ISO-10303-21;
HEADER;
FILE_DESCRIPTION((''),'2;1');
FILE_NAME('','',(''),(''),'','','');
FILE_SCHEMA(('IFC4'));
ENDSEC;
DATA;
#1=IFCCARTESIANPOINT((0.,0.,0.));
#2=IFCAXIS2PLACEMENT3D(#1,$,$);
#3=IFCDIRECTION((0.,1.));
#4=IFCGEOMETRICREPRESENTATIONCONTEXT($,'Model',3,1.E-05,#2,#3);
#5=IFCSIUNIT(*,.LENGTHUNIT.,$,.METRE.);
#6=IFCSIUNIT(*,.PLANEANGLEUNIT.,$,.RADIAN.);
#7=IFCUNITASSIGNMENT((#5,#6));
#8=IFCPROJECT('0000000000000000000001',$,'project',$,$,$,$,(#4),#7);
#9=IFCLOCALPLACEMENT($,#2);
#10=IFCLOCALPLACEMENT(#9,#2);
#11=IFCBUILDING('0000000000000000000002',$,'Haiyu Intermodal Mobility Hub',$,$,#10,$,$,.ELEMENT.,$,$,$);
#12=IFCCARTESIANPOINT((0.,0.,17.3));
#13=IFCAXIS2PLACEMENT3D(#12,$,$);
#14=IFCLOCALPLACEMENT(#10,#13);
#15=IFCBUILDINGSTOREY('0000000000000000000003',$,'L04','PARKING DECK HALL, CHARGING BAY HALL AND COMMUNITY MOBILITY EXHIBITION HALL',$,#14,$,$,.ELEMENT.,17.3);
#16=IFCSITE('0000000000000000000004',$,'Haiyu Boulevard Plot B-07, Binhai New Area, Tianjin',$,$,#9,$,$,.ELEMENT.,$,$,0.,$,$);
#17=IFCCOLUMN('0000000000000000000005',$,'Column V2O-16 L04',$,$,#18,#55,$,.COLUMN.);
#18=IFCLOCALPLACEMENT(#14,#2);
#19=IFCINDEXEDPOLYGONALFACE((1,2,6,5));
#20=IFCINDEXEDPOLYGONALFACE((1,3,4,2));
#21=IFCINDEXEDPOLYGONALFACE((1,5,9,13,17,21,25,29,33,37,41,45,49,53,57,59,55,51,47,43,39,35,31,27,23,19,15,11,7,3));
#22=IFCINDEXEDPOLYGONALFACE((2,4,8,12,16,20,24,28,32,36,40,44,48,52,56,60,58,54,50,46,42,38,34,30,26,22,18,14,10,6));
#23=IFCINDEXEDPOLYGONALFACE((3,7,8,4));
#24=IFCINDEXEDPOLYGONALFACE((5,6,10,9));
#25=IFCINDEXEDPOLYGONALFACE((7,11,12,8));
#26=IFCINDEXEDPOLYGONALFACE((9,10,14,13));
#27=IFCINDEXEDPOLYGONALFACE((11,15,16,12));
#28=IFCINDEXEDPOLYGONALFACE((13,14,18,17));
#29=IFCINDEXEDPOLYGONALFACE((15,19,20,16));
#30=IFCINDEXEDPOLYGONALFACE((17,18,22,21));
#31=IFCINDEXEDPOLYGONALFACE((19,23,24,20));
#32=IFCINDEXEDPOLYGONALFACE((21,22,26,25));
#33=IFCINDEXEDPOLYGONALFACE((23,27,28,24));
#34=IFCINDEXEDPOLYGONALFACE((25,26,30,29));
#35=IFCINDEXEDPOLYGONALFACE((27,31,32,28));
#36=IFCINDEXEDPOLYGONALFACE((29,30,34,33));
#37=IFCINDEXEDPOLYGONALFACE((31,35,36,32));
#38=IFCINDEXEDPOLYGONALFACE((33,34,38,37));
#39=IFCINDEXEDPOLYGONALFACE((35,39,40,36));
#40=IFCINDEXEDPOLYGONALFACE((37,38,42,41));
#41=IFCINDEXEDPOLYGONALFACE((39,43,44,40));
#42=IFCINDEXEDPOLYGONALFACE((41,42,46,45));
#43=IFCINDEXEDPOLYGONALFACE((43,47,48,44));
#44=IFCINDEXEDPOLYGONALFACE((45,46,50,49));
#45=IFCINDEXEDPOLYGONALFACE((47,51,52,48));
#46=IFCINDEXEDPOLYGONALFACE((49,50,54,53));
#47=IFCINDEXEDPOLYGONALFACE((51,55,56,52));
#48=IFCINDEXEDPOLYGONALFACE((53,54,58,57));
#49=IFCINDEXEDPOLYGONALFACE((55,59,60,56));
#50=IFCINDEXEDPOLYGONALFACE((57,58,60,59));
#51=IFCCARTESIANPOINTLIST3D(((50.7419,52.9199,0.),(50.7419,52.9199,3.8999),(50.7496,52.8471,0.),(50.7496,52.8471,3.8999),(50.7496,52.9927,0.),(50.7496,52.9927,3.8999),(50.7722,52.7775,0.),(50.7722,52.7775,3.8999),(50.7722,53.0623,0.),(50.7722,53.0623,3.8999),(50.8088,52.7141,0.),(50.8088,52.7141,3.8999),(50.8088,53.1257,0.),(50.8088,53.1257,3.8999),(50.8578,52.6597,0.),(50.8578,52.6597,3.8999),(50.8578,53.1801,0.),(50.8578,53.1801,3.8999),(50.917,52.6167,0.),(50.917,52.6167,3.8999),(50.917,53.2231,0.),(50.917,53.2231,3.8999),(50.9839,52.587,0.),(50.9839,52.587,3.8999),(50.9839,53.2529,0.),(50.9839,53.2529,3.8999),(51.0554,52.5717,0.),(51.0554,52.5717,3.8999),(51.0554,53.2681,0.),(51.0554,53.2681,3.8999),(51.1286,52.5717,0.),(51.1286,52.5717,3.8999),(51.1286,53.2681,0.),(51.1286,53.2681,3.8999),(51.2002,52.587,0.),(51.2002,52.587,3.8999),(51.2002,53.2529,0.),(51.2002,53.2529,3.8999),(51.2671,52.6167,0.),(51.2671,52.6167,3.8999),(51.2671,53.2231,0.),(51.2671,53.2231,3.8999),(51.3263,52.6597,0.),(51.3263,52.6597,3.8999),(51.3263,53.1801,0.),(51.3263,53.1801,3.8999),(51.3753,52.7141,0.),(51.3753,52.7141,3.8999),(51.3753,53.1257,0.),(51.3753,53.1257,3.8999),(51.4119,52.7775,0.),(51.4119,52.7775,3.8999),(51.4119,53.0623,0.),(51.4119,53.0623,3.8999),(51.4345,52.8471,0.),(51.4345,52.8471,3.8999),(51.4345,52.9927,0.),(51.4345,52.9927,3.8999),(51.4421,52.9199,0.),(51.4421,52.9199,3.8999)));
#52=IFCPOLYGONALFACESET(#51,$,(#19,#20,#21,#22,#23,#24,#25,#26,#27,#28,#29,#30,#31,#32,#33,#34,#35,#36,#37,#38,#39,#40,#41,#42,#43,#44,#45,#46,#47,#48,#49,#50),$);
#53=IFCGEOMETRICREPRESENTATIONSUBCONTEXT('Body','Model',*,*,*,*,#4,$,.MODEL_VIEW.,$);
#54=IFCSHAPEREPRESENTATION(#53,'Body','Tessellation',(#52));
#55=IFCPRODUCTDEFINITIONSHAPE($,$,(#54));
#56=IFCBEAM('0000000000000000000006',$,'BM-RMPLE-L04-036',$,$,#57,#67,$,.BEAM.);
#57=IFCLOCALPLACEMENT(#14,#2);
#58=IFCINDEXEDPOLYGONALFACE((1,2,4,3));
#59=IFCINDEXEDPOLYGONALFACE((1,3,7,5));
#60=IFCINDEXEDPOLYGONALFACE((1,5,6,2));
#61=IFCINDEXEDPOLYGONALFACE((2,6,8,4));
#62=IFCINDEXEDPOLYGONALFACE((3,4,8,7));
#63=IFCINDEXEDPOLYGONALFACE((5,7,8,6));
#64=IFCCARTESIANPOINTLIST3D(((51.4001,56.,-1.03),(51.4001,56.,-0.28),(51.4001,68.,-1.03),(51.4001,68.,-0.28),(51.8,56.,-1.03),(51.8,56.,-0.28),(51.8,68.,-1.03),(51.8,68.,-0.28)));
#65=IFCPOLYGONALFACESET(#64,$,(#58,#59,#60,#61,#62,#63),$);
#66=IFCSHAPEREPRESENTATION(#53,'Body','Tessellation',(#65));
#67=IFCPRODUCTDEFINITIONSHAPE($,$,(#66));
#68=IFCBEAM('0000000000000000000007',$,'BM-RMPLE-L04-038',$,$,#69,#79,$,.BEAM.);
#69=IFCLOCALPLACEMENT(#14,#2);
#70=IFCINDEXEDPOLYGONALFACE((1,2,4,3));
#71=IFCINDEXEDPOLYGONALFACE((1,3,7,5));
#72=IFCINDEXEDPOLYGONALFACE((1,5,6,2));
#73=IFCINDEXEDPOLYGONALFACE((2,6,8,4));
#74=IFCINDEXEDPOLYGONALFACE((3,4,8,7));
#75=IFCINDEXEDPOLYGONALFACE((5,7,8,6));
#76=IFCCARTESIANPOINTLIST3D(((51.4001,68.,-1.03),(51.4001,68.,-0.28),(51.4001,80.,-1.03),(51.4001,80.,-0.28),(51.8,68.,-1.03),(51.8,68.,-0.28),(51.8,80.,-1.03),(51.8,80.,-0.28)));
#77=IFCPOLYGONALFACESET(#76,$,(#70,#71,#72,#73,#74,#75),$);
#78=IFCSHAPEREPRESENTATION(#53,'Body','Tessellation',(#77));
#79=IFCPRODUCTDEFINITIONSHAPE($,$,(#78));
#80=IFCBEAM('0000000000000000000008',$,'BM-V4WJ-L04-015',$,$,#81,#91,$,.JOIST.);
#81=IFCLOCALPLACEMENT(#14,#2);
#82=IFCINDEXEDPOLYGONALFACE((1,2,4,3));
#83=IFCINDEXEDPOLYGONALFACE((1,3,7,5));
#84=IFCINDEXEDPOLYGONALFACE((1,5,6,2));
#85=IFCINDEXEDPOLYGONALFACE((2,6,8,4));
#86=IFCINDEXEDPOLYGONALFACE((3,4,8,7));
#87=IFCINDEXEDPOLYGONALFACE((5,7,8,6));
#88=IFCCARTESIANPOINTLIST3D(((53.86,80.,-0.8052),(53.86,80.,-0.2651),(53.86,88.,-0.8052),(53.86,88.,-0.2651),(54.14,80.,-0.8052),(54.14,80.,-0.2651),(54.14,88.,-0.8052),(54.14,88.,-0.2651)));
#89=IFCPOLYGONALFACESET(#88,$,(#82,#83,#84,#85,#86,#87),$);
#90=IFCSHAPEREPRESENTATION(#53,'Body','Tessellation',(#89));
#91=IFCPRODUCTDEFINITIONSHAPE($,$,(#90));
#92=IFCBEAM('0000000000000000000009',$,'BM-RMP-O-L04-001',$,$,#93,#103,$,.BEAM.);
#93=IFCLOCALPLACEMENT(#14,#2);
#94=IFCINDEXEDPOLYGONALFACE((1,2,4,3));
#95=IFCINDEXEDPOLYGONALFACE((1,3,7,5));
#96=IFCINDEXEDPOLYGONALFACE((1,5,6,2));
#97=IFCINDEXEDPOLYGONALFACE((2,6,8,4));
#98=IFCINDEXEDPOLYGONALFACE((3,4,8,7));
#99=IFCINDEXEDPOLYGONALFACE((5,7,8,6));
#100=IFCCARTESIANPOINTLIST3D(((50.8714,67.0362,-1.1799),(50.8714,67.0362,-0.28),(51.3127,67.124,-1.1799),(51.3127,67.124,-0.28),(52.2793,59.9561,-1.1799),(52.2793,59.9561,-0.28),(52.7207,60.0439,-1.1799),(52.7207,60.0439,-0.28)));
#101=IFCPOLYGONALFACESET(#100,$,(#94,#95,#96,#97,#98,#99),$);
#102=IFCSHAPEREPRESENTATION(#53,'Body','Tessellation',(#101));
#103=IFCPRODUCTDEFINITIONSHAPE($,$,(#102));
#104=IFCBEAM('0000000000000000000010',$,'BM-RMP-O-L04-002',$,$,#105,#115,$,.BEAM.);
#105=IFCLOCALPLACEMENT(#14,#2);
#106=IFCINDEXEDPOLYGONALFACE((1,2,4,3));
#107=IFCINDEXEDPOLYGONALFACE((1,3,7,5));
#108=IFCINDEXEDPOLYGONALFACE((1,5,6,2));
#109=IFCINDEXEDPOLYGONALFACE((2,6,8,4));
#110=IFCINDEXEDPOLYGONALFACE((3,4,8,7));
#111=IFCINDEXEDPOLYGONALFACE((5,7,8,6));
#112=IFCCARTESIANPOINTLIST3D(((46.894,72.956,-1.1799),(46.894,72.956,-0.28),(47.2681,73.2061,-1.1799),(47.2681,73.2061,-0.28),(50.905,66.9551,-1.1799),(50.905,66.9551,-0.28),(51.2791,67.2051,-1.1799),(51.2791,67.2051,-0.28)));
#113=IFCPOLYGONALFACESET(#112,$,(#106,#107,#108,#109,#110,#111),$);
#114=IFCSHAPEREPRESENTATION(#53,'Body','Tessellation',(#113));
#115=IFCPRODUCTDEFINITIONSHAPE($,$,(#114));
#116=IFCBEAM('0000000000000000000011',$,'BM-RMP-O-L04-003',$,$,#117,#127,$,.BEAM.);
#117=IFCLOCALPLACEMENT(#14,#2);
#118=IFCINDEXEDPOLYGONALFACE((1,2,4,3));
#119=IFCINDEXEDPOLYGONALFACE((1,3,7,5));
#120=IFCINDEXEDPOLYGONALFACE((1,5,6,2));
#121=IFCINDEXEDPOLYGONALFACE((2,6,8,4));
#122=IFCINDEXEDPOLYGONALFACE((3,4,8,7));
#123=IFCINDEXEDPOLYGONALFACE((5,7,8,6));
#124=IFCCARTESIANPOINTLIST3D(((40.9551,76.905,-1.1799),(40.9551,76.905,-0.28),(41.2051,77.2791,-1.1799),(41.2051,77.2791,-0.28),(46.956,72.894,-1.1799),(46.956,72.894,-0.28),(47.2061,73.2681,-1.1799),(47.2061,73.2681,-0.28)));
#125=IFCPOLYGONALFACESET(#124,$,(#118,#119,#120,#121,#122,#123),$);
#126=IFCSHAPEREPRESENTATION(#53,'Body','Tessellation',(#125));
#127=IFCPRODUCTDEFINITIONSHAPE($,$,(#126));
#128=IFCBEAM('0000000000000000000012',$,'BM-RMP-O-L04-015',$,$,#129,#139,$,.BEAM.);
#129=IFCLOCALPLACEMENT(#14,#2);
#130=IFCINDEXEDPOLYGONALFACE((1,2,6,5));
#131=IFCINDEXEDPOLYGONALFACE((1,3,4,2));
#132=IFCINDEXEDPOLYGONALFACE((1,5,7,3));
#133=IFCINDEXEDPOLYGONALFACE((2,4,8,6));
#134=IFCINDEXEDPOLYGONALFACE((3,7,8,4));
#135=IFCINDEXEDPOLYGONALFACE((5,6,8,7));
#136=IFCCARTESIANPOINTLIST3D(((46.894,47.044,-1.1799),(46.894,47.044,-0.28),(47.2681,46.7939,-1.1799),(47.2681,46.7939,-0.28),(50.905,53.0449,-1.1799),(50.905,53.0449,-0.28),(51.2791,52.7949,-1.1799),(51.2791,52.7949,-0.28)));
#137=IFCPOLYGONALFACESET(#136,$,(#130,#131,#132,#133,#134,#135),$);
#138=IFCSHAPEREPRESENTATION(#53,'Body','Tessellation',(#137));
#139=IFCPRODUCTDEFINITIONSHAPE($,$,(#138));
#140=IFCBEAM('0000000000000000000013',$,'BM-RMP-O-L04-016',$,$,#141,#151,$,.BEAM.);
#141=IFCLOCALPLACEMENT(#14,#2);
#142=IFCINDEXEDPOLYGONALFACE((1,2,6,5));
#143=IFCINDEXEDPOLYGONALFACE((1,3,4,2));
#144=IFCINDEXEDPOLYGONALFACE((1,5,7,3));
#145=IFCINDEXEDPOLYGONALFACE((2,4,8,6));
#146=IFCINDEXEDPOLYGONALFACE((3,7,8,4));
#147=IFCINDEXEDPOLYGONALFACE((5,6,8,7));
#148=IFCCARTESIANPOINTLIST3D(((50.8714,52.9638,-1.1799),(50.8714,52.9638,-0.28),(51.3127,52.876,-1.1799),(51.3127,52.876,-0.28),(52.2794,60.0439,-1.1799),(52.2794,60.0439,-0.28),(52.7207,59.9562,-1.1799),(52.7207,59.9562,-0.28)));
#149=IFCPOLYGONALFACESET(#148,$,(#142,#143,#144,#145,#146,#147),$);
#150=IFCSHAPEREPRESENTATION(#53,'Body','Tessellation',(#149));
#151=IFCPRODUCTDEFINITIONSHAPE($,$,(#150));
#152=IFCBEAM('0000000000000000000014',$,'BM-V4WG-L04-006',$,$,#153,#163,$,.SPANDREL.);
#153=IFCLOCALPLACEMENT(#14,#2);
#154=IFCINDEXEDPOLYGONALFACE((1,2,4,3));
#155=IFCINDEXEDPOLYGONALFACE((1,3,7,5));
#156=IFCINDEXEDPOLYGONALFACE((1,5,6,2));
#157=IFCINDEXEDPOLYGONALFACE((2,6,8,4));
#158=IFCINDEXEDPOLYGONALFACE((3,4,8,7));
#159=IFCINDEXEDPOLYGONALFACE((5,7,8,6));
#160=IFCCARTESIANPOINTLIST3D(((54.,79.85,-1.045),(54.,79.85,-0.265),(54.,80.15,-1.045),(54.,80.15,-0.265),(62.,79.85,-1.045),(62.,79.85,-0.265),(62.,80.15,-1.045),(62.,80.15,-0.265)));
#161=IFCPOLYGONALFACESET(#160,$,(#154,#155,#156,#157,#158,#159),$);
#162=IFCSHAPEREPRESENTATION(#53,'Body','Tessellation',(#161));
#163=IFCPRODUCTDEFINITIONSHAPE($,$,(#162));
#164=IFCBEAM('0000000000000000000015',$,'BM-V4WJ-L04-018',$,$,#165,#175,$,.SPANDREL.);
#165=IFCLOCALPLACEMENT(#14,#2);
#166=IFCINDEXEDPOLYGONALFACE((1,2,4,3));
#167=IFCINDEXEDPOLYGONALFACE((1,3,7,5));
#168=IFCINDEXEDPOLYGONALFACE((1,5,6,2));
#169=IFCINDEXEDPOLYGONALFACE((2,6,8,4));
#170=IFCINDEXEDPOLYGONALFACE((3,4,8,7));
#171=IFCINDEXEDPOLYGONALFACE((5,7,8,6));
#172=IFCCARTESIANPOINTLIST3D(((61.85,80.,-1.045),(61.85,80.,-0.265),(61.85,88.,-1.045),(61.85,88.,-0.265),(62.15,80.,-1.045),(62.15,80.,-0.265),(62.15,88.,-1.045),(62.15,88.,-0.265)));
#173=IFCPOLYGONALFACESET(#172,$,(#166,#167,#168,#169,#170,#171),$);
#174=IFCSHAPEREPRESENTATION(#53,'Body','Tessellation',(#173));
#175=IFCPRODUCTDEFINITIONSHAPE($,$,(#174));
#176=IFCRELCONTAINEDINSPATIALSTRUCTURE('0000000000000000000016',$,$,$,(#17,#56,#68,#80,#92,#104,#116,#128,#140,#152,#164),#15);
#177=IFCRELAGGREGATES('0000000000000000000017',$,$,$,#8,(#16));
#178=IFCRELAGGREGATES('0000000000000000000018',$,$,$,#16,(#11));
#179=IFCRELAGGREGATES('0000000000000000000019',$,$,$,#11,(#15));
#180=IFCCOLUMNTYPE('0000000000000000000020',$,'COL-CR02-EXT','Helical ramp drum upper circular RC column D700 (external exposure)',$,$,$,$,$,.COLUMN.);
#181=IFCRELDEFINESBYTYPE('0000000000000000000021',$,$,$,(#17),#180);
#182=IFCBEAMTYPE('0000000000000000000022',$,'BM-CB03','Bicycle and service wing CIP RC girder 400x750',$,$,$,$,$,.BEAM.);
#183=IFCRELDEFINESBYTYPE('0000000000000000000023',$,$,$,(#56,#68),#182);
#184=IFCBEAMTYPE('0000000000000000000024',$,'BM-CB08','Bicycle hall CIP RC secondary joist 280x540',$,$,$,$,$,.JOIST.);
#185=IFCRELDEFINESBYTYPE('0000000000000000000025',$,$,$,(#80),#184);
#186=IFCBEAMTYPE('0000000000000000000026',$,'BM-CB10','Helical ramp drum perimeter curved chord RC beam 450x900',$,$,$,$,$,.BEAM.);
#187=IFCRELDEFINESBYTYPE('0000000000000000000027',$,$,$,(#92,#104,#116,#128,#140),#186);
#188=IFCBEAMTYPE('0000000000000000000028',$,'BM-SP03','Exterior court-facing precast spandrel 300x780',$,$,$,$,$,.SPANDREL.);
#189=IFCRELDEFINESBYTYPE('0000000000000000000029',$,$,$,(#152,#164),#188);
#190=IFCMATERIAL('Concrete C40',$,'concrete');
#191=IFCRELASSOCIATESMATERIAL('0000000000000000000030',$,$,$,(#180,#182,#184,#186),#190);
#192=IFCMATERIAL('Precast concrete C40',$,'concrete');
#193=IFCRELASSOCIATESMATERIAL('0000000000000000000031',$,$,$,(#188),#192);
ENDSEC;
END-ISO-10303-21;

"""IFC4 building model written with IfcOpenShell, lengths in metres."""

from ifc_helpers import new_model, si_unit, direction, frame, origin, origin_2d, place, context, subcontext, project, spatial, rectangle, circle, extrude, material, material_profile, profile_set, type_object, element, save


model = new_model("IFC4")

# Units and contexts
model_context = context("Model", 3, precision=1e-05, world=origin(), true_north=direction((0.0, 1.0)))
body_context = subcontext(model_context, "Body", "Model", "MODEL_VIEW")
ifc_project = project(units=[si_unit("LENGTHUNIT", "METRE"), si_unit("PLANEANGLEUNIT", "RADIAN")], contexts=[model_context])

# Site, building, storey
site_placement = place(None, origin())
site = spatial("IfcSite", under=ifc_project, at=site_placement, Name="Haiyu Boulevard Plot B-07, Binhai New Area, Tianjin", CompositionType="ELEMENT", RefElevation=0.0)
building_placement = place(site_placement, origin())
building = spatial("IfcBuilding", under=site, at=building_placement, Name="Haiyu Intermodal Mobility Hub", CompositionType="ELEMENT")
storey_placement = place(building_placement, frame((0.0, 0.0, 17.3)))
storey = spatial("IfcBuildingStorey", under=building, at=storey_placement, Name="L04", Description="PARKING DECK HALL, CHARGING BAY HALL AND COMMUNITY MOBILITY EXHIBITION HALL", CompositionType="ELEMENT", Elevation=17.3)

# Column
ifc_material_1 = material(Name="Concrete C40", Category="concrete")
ifc_material_profile_1 = material_profile(ifc_material_1, circle(Radius=0.3501, at=origin_2d()), Name="RCCOL-D700")
ifc_profile_set_1 = profile_set([ifc_material_profile_1], Name="Concrete C40")
column_type_1 = type_object("IfcColumnType", Name="COL-CR02-EXT", Description="Helical ramp drum upper circular RC column D700 (external exposure)", PredefinedType="COLUMN", material=ifc_profile_set_1)
for number, where, z_axis, x_axis, name in (
    (1, (51.092, 52.9199, 0.0), (0.0, 0.0, 1.0), (1.0, 0.0, 0.0), "Column V2O-16 L04"),
):
    element("IfcColumn", number, at=place(storey_placement, frame(where, z_axis=z_axis, x_axis=x_axis)), inside=storey, type_object=column_type_1, Name=name, PredefinedType="COLUMN", context=body_context, shape_type="SweptSolid", body=[
        extrude(circle(Radius=0.3501, at=origin_2d()), origin(), (0.0, 0.0, 1.0), 3.8999),
    ])

# Beams
ifc_material_profile_2 = material_profile(ifc_material_1, rectangle(XDim=0.3999, YDim=0.75, at=origin_2d()), Name="RCB400x750")
ifc_profile_set_2 = profile_set([ifc_material_profile_2], Name="Concrete C40")
beam_type_1 = type_object("IfcBeamType", Name="BM-CB03", Description="Bicycle and service wing CIP RC girder 400x750", PredefinedType="BEAM", material=ifc_profile_set_2)
for number, where, z_axis, x_axis, name in (
    (2, (51.6001, 56.0, -0.655), (0.0, 1.0, 0.0), (-1.0, 0.0, 0.0), "BM-RMPLE-L04-036"),
    (3, (51.6001, 68.0, -0.655), (0.0, 1.0, 0.0), (-1.0, 0.0, 0.0), "BM-RMPLE-L04-038"),
):
    element("IfcBeam", number, at=place(storey_placement, frame(where, z_axis=z_axis, x_axis=x_axis)), inside=storey, type_object=beam_type_1, Name=name, PredefinedType="BEAM", context=body_context, shape_type="SweptSolid", body=[
        extrude(rectangle(XDim=0.3999, YDim=0.75, at=origin_2d()), origin(), (0.0, 0.0, 1.0), 12.0),
    ])
ifc_material_profile_3 = material_profile(ifc_material_1, rectangle(XDim=0.28, YDim=0.54, at=origin_2d()), Name="RCB280x540")
ifc_profile_set_3 = profile_set([ifc_material_profile_3], Name="Concrete C40")
beam_type_2 = type_object("IfcBeamType", Name="BM-CB08", Description="Bicycle hall CIP RC secondary joist 280x540", PredefinedType="JOIST", material=ifc_profile_set_3)
beam_1_placement = place(storey_placement, frame((54.0, 80.0, -0.5352), z_axis=(0.0, 1.0, 0.0), x_axis=(-1.0, 0.0, 0.0)))
element("IfcBeam", 4, at=beam_1_placement, inside=storey, type_object=beam_type_2, Name="BM-V4WJ-L04-015", PredefinedType="JOIST", context=body_context, shape_type="SweptSolid", body=[
    extrude(rectangle(XDim=0.28, YDim=0.54, at=origin_2d()), origin(), (0.0, 0.0, 1.0), 8.0),
])
ifc_material_profile_4 = material_profile(ifc_material_1, rectangle(XDim=0.45, YDim=0.8999, at=origin_2d()), Name="RCB450x900")
ifc_profile_set_4 = profile_set([ifc_material_profile_4], Name="Concrete C40")
beam_type_3 = type_object("IfcBeamType", Name="BM-CB10", Description="Helical ramp drum perimeter curved chord RC beam 450x900", PredefinedType="BEAM", material=ifc_profile_set_4)
beam_2_placement = place(storey_placement, frame((52.5, 60.0, -0.73), z_axis=(-0.195043, 0.980795, 0.0), x_axis=(-0.980795, -0.195043, 0.0)))
element("IfcBeam", 5, at=beam_2_placement, inside=storey, type_object=beam_type_3, Name="BM-RMP-O-L04-001", PredefinedType="BEAM", context=body_context, shape_type="SweptSolid", body=[
    extrude(rectangle(XDim=0.45, YDim=0.8999, at=origin_2d()), origin(), (0.0, 0.0, 1.0), 7.2188),
])
for number, where, z_axis, x_axis, name in (
    (6, (51.092, 67.0801, -0.73), (-0.555691, 0.831389, 0.0), (-0.831389, -0.555691, 0.0), "BM-RMP-O-L04-002"),
    (7, (47.0811, 73.0811, -0.73), (-0.831389, 0.555691, 0.0), (-0.555691, -0.831389, 0.0), "BM-RMP-O-L04-003"),
    (8, (47.0811, 46.9189, -0.73), (0.555691, 0.831389, 0.0), (-0.831389, 0.555691, 0.0), "BM-RMP-O-L04-015"),
):
    element("IfcBeam", number, at=place(storey_placement, frame(where, z_axis=z_axis, x_axis=x_axis)), inside=storey, type_object=beam_type_3, Name=name, PredefinedType="BEAM", context=body_context, shape_type="SweptSolid", body=[
        extrude(rectangle(XDim=0.45, YDim=0.8999, at=origin_2d()), origin(), (0.0, 0.0, 1.0), 7.218),
    ])
beam_3_placement = place(storey_placement, frame((51.092, 52.9199, -0.73), z_axis=(0.195043, 0.980795, 0.0), x_axis=(-0.980795, 0.195043, 0.0)))
element("IfcBeam", 9, at=beam_3_placement, inside=storey, type_object=beam_type_3, Name="BM-RMP-O-L04-016", PredefinedType="BEAM", context=body_context, shape_type="SweptSolid", body=[
    extrude(rectangle(XDim=0.45, YDim=0.8999, at=origin_2d()), origin(), (0.0, 0.0, 1.0), 7.2188),
])
ifc_material_2 = material(Name="Precast concrete C40", Category="concrete")
ifc_material_profile_5 = material_profile(ifc_material_2, rectangle(XDim=0.3, YDim=0.78, at=origin_2d()), Name="PC300x780")
ifc_profile_set_5 = profile_set([ifc_material_profile_5], Name="Precast concrete C40")
beam_type_4 = type_object("IfcBeamType", Name="BM-SP03", Description="Exterior court-facing precast spandrel 300x780", PredefinedType="SPANDREL", material=ifc_profile_set_5)
for number, where, z_axis, x_axis, name in (
    (10, (54.0, 80.0, -0.655), (1.0, 0.0, 0.0), (0.0, 1.0, 0.0), "BM-V4WG-L04-006"),
    (11, (62.0, 80.0, -0.655), (0.0, 1.0, 0.0), (-1.0, 0.0, 0.0), "BM-V4WJ-L04-018"),
):
    element("IfcBeam", number, at=place(storey_placement, frame(where, z_axis=z_axis, x_axis=x_axis)), inside=storey, type_object=beam_type_4, Name=name, PredefinedType="SPANDREL", context=body_context, shape_type="SweptSolid", body=[
        extrude(rectangle(XDim=0.3, YDim=0.78, at=origin_2d()), origin(), (0.0, 0.0, 1.0), 8.0),
    ])

save(model, "model.ifc")
